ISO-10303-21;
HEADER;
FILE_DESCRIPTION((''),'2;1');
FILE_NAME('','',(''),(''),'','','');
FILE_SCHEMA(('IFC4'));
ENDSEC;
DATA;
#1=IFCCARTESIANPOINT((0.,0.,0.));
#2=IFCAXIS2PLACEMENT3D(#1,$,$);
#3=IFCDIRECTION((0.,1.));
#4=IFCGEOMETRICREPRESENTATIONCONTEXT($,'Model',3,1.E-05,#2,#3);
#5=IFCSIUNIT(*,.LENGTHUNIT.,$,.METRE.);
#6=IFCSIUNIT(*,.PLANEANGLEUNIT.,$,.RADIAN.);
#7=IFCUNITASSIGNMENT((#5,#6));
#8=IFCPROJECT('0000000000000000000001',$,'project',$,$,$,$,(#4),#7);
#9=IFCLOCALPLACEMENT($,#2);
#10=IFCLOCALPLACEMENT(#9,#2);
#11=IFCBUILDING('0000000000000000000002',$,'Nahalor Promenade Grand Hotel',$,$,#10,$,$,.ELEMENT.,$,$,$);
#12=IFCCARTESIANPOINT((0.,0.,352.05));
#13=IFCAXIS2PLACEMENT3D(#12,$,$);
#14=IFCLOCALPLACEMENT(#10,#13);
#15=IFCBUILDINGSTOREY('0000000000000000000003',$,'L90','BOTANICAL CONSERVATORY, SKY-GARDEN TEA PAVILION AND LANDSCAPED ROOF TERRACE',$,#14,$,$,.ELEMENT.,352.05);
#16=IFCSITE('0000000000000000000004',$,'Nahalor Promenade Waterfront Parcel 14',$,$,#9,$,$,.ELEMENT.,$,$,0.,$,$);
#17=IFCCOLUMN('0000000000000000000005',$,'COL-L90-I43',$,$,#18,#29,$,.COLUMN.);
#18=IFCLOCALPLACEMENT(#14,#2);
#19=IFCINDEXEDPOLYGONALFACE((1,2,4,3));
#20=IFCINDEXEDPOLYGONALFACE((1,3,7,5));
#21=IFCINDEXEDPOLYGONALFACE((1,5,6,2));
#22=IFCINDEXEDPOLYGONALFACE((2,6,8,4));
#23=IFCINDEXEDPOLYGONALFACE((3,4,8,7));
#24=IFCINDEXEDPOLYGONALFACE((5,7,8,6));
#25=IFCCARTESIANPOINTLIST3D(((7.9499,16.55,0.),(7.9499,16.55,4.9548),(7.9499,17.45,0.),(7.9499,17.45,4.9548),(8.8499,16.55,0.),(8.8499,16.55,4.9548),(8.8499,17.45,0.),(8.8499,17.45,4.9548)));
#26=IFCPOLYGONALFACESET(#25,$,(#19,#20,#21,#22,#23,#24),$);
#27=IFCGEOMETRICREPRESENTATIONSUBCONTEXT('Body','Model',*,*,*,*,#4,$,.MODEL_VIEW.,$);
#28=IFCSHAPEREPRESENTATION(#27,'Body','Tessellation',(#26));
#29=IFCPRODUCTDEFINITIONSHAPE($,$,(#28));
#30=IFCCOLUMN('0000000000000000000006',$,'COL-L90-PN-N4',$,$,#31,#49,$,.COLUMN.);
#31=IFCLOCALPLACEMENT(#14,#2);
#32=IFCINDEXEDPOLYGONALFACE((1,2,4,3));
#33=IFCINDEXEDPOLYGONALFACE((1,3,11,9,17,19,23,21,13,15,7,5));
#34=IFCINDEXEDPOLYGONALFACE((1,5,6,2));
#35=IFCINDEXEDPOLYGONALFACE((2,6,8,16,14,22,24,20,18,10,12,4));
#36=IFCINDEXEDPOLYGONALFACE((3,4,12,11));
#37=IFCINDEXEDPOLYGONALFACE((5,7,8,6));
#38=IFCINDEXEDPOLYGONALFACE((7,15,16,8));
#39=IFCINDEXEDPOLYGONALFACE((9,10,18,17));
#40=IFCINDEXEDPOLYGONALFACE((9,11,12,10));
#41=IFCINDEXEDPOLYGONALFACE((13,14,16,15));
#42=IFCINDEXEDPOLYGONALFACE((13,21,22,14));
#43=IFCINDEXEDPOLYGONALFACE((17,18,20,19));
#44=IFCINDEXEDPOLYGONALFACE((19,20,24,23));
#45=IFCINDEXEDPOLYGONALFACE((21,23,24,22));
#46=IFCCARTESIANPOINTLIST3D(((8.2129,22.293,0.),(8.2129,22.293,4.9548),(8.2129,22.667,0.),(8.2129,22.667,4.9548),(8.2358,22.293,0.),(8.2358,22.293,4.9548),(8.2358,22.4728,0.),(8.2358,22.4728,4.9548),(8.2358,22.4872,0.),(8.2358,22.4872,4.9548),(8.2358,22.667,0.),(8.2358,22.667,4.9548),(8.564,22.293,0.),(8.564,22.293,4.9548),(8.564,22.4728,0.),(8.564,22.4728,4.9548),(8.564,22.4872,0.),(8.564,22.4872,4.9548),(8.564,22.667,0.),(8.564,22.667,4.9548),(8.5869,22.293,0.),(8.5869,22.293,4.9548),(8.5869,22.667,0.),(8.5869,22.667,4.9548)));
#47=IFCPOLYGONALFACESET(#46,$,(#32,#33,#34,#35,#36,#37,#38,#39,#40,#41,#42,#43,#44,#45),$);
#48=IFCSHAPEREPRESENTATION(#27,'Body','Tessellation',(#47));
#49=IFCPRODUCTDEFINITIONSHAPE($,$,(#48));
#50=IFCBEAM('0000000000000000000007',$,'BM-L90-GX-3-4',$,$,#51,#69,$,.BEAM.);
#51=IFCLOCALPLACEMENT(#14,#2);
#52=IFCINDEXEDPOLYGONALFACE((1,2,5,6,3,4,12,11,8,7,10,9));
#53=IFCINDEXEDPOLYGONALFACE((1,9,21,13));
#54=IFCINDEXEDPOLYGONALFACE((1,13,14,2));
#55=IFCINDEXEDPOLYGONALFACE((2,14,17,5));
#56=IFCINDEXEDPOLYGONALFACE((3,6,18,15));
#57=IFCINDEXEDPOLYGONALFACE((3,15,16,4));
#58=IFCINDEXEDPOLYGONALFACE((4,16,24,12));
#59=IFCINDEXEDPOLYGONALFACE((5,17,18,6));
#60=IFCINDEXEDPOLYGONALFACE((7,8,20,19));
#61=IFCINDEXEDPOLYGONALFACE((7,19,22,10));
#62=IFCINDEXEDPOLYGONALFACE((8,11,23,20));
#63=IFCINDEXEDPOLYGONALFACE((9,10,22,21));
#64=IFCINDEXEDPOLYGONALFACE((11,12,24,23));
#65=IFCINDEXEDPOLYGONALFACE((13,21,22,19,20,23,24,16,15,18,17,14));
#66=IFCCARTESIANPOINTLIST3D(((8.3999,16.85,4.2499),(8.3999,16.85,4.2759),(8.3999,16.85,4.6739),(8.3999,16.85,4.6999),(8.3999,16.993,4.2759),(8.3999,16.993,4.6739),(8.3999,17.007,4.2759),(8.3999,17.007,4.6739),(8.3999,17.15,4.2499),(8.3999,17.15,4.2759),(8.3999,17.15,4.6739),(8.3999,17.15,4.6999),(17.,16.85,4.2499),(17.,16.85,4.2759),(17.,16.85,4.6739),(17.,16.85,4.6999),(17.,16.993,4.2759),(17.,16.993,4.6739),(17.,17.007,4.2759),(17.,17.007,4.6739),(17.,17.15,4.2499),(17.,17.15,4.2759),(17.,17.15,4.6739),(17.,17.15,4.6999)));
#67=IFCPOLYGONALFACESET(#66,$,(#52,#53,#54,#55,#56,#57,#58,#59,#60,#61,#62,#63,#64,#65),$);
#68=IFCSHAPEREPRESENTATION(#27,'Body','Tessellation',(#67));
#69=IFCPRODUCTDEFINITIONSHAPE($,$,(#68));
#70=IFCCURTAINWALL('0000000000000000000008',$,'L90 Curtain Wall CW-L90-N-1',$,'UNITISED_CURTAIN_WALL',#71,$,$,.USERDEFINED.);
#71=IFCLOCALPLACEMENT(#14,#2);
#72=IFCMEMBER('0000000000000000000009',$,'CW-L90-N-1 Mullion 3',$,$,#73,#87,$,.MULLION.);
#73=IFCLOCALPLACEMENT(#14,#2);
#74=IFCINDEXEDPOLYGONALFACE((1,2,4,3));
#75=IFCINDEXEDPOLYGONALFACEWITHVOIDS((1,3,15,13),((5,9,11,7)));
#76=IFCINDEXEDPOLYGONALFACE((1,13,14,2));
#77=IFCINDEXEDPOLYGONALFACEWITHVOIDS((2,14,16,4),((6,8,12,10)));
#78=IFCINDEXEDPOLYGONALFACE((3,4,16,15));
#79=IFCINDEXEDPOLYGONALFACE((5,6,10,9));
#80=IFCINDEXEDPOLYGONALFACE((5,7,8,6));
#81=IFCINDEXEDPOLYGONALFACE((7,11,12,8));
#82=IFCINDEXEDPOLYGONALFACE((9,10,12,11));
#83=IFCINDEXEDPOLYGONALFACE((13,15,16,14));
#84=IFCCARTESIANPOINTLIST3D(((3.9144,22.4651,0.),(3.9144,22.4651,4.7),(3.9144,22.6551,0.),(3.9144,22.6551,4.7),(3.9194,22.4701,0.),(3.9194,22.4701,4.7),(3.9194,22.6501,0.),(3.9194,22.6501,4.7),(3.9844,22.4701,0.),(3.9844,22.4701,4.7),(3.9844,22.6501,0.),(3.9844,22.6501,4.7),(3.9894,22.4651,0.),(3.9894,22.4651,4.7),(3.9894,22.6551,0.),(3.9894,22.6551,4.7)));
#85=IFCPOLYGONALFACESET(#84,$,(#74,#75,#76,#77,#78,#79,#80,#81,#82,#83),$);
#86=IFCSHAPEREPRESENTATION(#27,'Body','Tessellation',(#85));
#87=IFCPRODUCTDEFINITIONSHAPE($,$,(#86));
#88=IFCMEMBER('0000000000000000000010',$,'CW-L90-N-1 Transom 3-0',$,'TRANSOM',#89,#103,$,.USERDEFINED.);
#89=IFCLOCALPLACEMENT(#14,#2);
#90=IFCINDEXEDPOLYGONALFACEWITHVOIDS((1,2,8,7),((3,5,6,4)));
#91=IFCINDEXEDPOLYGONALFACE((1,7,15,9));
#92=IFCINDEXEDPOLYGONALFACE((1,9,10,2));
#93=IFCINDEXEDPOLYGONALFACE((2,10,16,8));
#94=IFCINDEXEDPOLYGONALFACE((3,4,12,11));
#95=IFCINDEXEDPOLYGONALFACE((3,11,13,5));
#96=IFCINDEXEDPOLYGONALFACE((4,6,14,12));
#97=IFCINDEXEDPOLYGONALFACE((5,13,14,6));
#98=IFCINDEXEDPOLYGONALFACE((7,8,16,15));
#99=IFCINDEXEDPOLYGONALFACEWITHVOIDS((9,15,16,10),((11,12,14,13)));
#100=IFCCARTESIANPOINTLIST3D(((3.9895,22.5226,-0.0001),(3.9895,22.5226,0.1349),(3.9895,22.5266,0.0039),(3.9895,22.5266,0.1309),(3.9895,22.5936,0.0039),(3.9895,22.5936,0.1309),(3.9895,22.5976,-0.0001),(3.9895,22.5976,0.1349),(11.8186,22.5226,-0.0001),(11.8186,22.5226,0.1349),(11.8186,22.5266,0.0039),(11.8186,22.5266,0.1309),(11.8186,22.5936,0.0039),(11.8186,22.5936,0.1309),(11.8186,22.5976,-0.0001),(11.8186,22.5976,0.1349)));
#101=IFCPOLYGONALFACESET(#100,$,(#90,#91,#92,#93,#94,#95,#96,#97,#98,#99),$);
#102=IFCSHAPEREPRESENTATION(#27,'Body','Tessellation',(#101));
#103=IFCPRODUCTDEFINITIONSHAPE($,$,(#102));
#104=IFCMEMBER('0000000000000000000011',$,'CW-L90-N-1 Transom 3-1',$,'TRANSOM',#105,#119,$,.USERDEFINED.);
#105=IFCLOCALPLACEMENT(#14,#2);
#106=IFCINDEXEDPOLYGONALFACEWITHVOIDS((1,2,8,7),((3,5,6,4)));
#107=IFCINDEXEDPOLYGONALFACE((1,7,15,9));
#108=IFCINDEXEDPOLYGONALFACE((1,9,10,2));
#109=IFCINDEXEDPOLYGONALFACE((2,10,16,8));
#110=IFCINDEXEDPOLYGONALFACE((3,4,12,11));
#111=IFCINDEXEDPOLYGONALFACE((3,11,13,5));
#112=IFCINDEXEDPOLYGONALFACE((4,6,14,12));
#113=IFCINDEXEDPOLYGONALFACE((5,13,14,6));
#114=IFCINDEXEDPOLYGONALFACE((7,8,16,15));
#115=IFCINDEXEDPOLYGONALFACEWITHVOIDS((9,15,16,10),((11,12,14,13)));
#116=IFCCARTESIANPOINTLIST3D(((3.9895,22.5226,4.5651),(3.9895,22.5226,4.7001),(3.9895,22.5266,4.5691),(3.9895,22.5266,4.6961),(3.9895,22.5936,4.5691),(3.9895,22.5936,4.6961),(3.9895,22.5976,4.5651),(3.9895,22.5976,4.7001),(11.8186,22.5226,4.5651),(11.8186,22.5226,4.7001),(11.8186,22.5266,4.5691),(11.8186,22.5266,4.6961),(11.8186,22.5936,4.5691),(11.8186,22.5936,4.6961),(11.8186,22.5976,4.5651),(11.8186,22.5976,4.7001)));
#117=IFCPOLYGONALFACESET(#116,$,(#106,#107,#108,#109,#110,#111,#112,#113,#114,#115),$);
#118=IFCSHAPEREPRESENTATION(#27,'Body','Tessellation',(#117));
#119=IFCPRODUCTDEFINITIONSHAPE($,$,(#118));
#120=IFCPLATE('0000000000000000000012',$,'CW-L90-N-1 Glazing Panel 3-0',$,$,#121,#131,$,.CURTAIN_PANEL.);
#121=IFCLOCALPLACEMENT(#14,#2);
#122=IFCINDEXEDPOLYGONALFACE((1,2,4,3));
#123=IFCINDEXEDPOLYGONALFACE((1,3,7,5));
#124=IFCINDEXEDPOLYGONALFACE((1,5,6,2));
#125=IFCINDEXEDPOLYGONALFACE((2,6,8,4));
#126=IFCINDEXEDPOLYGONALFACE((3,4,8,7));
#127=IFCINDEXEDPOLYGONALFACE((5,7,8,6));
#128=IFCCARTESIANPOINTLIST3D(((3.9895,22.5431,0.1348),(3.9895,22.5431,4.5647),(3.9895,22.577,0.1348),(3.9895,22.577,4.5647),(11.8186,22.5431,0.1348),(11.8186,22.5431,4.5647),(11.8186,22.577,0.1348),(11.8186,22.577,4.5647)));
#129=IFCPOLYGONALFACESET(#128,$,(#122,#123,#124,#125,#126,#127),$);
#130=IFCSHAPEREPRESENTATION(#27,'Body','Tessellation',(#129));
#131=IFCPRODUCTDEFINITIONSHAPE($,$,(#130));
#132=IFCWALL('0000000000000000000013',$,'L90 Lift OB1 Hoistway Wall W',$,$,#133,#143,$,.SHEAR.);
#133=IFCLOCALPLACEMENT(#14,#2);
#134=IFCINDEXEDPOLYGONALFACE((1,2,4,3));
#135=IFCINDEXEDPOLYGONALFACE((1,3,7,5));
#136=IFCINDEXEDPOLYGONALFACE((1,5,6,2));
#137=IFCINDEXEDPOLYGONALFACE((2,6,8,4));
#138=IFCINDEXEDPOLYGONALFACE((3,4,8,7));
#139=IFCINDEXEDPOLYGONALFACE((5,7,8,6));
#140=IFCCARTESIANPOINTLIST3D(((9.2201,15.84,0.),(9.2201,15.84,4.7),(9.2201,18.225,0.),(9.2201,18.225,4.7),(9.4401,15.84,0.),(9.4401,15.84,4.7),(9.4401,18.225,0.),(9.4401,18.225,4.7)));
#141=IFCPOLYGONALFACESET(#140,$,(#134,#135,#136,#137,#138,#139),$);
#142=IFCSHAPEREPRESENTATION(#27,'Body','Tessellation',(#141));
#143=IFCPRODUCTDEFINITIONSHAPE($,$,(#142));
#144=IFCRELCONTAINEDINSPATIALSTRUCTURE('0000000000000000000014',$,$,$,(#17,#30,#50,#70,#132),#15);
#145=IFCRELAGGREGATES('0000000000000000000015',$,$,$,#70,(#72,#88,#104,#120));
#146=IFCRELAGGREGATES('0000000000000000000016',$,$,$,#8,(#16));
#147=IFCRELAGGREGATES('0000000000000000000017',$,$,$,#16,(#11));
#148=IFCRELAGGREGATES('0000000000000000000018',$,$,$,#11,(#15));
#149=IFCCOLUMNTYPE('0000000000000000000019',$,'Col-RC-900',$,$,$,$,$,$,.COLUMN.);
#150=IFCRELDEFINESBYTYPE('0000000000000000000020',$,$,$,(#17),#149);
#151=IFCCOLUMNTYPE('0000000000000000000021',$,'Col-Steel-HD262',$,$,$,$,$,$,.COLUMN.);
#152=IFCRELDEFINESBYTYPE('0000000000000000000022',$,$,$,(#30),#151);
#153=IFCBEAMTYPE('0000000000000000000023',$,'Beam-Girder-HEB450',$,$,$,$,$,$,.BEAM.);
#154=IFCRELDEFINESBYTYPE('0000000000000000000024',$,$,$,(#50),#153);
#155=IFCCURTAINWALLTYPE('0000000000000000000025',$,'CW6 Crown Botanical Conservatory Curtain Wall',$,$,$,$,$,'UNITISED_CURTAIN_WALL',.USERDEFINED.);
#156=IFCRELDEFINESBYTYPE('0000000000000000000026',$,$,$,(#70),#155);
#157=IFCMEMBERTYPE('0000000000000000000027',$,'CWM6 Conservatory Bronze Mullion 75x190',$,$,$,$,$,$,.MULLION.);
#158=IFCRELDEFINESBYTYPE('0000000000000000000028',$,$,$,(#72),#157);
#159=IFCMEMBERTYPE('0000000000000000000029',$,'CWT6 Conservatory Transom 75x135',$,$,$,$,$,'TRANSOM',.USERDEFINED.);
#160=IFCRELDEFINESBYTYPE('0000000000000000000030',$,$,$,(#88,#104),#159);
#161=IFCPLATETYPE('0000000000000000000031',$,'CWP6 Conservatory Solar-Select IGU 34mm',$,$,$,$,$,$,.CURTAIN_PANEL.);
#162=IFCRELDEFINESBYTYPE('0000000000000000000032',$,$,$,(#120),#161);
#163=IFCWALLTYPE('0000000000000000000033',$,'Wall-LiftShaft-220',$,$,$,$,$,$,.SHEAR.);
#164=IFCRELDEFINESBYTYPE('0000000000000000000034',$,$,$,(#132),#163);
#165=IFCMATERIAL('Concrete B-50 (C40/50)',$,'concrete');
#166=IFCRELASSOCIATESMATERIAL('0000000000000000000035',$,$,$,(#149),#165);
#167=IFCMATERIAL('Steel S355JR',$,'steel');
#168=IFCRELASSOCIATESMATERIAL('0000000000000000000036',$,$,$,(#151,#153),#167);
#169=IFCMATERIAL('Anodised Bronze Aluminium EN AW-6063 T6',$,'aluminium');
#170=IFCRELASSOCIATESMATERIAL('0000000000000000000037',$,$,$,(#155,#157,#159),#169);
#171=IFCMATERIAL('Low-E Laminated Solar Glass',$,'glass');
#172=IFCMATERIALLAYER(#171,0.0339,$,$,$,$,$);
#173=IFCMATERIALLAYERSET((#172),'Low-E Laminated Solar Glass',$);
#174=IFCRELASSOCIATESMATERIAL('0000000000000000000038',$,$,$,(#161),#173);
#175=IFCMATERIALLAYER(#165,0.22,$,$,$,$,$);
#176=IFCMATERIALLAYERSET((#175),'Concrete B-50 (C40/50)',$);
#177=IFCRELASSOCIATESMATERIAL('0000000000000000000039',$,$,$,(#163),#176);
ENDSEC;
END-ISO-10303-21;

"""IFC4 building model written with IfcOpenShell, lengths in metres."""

from ifc_helpers import new_model, si_unit, direction, frame, frame_2d, origin, origin_2d, place, context, subcontext, project, spatial, rectangle, hollow_rectangle, i_section, extrude, source, transform, mapped, material, layer, layer_set, material_profile, profile_set, type_object, element, aggregate, save


model = new_model("IFC4")

# Units and contexts
model_context = context("Model", 3, precision=1e-05, world=origin(), true_north=direction((0.0, 1.0)))
body_context = subcontext(model_context, "Body", "Model", "MODEL_VIEW")
ifc_project = project(units=[si_unit("LENGTHUNIT", "METRE"), si_unit("PLANEANGLEUNIT", "RADIAN")], contexts=[model_context])

# Site, building, storey
site_placement = place(None, origin())
site = spatial("IfcSite", under=ifc_project, at=site_placement, Name="Nahalor Promenade Waterfront Parcel 14", CompositionType="ELEMENT", RefElevation=0.0)
building_placement = place(site_placement, origin())
building = spatial("IfcBuilding", under=site, at=building_placement, Name="Nahalor Promenade Grand Hotel", CompositionType="ELEMENT")
storey_placement = place(building_placement, frame((0.0, 0.0, 352.05)))
storey = spatial("IfcBuildingStorey", under=building, at=storey_placement, Name="L90", Description="BOTANICAL CONSERVATORY, SKY-GARDEN TEA PAVILION AND LANDSCAPED ROOF TERRACE", CompositionType="ELEMENT", Elevation=352.05)

# Columns
ifc_material_1 = material(Name="Concrete B-50 (C40/50)", Category="concrete")
ifc_material_profile_1 = material_profile(ifc_material_1, rectangle(XDim=0.9, YDim=0.9, at=origin_2d()), Name="RC 900x900")
ifc_profile_set_1 = profile_set([ifc_material_profile_1], Name="Concrete B-50 (C40/50)")
column_type_1 = type_object("IfcColumnType", Name="Col-RC-900", PredefinedType="COLUMN", material=ifc_profile_set_1)
shared_shape_1 = source(origin(), body_context, "Body", "SweptSolid", [
    extrude(rectangle(XDim=0.9, YDim=0.9, at=origin_2d()), origin(), (0.0, 0.0, 1.0), 4.9548),
])
column_1_placement = place(storey_placement, frame((8.3999, 17.0, 0.0), z_axis=(0.0, 0.0, 1.0), x_axis=(1.0, 0.0, 0.0)))
element("IfcColumn", 1, at=column_1_placement, inside=storey, type_object=column_type_1, Name="COL-L90-I43", PredefinedType="COLUMN", context=body_context, shape_type="MappedRepresentation", body=[
    mapped(shared_shape_1, transform((0.0, 0.0, 0.0), scale=1.0)),
])
ifc_material_2 = material(Name="Steel S355JR", Category="steel")
ifc_material_profile_2 = material_profile(ifc_material_2, i_section(OverallWidth=0.374, OverallDepth=0.374, WebThickness=0.0144, FlangeThickness=0.0229, at=origin_2d()), Name="HD 360x262")
ifc_profile_set_2 = profile_set([ifc_material_profile_2], Name="Steel S355JR")
column_type_2 = type_object("IfcColumnType", Name="Col-Steel-HD262", PredefinedType="COLUMN", material=ifc_profile_set_2)
shared_shape_2 = source(origin(), body_context, "Body", "SweptSolid", [
    extrude(i_section(OverallWidth=0.374, OverallDepth=0.374, WebThickness=0.0144, FlangeThickness=0.0229, at=origin_2d()), origin(), (0.0, 0.0, 1.0), 4.9548),
])
column_2_placement = place(storey_placement, frame((8.3999, 22.48, 0.0), z_axis=(0.0, 0.0, 1.0), x_axis=(0.0, 1.0, 0.0)))
element("IfcColumn", 2, at=column_2_placement, inside=storey, type_object=column_type_2, Name="COL-L90-PN-N4", PredefinedType="COLUMN", context=body_context, shape_type="MappedRepresentation", body=[
    mapped(shared_shape_2, transform((0.0, 0.0, 0.0), scale=1.0)),
])

# Beam
ifc_material_profile_3 = material_profile(ifc_material_2, i_section(OverallWidth=0.3, OverallDepth=0.45, WebThickness=0.014, FlangeThickness=0.026, at=origin_2d()), Name="HEB 450")
ifc_profile_set_3 = profile_set([ifc_material_profile_3], Name="Steel S355JR")
beam_type = type_object("IfcBeamType", Name="Beam-Girder-HEB450", PredefinedType="BEAM", material=ifc_profile_set_3)
shared_shape_3 = source(origin(), body_context, "Body", "SweptSolid", [
    extrude(i_section(OverallWidth=0.3, OverallDepth=0.45, WebThickness=0.014, FlangeThickness=0.026, at=origin_2d()), origin(), (0.0, 0.0, 1.0), 8.6001),
])
beam_placement = place(storey_placement, frame((8.3999, 17.0, 4.4749), z_axis=(1.0, 0.0, 0.0), x_axis=(0.0, 1.0, 0.0)))
element("IfcBeam", 3, at=beam_placement, inside=storey, type_object=beam_type, Name="BM-L90-GX-3-4", PredefinedType="BEAM", context=body_context, shape_type="MappedRepresentation", body=[
    mapped(shared_shape_3, transform((0.0, 0.0, 0.0), scale=1.0)),
])

# Curtain wall, members, plate
ifc_material_3 = material(Name="Anodised Bronze Aluminium EN AW-6063 T6", Category="aluminium")
curtain_wall_type = type_object("IfcCurtainWallType", Name="CW6 Crown Botanical Conservatory Curtain Wall", ElementType="UNITISED_CURTAIN_WALL", PredefinedType="USERDEFINED", material=ifc_material_3)
curtain_wall_placement = place(storey_placement, origin())
curtain_wall = element("IfcCurtainWall", 4, at=curtain_wall_placement, inside=storey, type_object=curtain_wall_type, Name="L90 Curtain Wall CW-L90-N-1", ObjectType="UNITISED_CURTAIN_WALL", PredefinedType="USERDEFINED")
ifc_material_profile_4 = material_profile(ifc_material_3, hollow_rectangle(XDim=0.075, YDim=0.19, WallThickness=0.005, at=origin_2d()), Name="CWM 75x190x5")
ifc_profile_set_4 = profile_set([ifc_material_profile_4], Name="Anodised Bronze Aluminium EN AW-6063 T6")
member_type_1 = type_object("IfcMemberType", Name="CWM6 Conservatory Bronze Mullion 75x190", PredefinedType="MULLION", material=ifc_profile_set_4)
shared_shape_4 = source(origin(), body_context, "Body", "SweptSolid", [
    extrude(hollow_rectangle(XDim=0.075, YDim=0.19, WallThickness=0.005, at=origin_2d()), origin(), (0.0, 0.0, 1.0), 4.7),
])
member_1_placement = place(storey_placement, frame((3.9519, 22.5601, 0.0), z_axis=(0.0, 0.0, 1.0), x_axis=(1.0, 0.0, 0.0)))
member_1 = element("IfcMember", 5, at=member_1_placement, type_object=member_type_1, Name="CW-L90-N-1 Mullion 3", PredefinedType="MULLION", context=body_context, shape_type="MappedRepresentation", body=[
    mapped(shared_shape_4, transform((0.0, 0.0, 0.0), scale=1.0)),
])
ifc_material_profile_5 = material_profile(ifc_material_3, hollow_rectangle(XDim=0.075, YDim=0.135, WallThickness=0.004, at=origin_2d()), Name="CWT 75x135x4")
ifc_profile_set_5 = profile_set([ifc_material_profile_5], Name="Anodised Bronze Aluminium EN AW-6063 T6")
member_type_2 = type_object("IfcMemberType", Name="CWT6 Conservatory Transom 75x135", ElementType="TRANSOM", PredefinedType="USERDEFINED", material=ifc_profile_set_5)
shared_shape_5 = source(origin(), body_context, "Body", "SweptSolid", [
    extrude(hollow_rectangle(XDim=0.075, YDim=0.135, WallThickness=0.004, at=origin_2d()), origin(), (0.0, 0.0, 1.0), 7.8291),
])
member_2_placement = place(storey_placement, frame((3.9895, 22.5601, 0.0674), z_axis=(1.0, 0.0, 0.0), x_axis=(0.0, 1.0, 0.0)))
member_2 = element("IfcMember", 6, at=member_2_placement, type_object=member_type_2, Name="CW-L90-N-1 Transom 3-0", ObjectType="TRANSOM", PredefinedType="USERDEFINED", context=body_context, shape_type="MappedRepresentation", body=[
    mapped(shared_shape_5, transform((0.0, 0.0, 0.0), scale=1.0)),
])
member_3_placement = place(storey_placement, frame((3.9895, 22.5601, 4.6326), z_axis=(1.0, 0.0, 0.0), x_axis=(0.0, 1.0, 0.0)))
member_3 = element("IfcMember", 7, at=member_3_placement, type_object=member_type_2, Name="CW-L90-N-1 Transom 3-1", ObjectType="TRANSOM", PredefinedType="USERDEFINED", context=body_context, shape_type="MappedRepresentation", body=[
    mapped(shared_shape_5, transform((0.0, 0.0, 0.0), scale=1.0)),
])
ifc_material_4 = material(Name="Low-E Laminated Solar Glass", Category="glass")
ifc_layer_1 = layer(ifc_material_4, 0.0339)
ifc_layer_set_1 = layer_set([ifc_layer_1], Name="Low-E Laminated Solar Glass")
plate_type = type_object("IfcPlateType", Name="CWP6 Conservatory Solar-Select IGU 34mm", PredefinedType="CURTAIN_PANEL", material=ifc_layer_set_1)
shared_shape_6 = source(origin(), body_context, "Body", "SweptSolid", [
    extrude(rectangle(XDim=7.8291, YDim=0.0339, at=origin_2d()), origin(), (0.0, 0.0, 1.0), 4.4299),
])
plate_placement = place(storey_placement, frame((7.9041, 22.5601, 0.1348), z_axis=(0.0, 0.0, 1.0), x_axis=(1.0, 0.0, 0.0)))
plate = element("IfcPlate", 8, at=plate_placement, type_object=plate_type, Name="CW-L90-N-1 Glazing Panel 3-0", PredefinedType="CURTAIN_PANEL", context=body_context, shape_type="MappedRepresentation", body=[
    mapped(shared_shape_6, transform((0.0, 0.0, 0.0), scale=1.0)),
])
aggregate(curtain_wall, [member_1, member_2, member_3, plate])

# Wall
ifc_layer_2 = layer(ifc_material_1, 0.22)
ifc_layer_set_2 = layer_set([ifc_layer_2], Name="Concrete B-50 (C40/50)")
wall_type_1 = type_object("IfcWallType", Name="Wall-LiftShaft-220", PredefinedType="SHEAR", material=ifc_layer_set_2)
shared_shape_7 = source(origin(), body_context, "Body", "SweptSolid", [
    extrude(rectangle(XDim=2.385, YDim=0.22, at=frame_2d((1.1924, 0.0))), origin(), (0.0, 0.0, 1.0), 4.7),
])
wall_1_placement = place(storey_placement, frame((9.3301, 15.8401, 0.0), z_axis=(0.0, 0.0, 1.0), x_axis=(0.0, 1.0, 0.0)))
element("IfcWall", 9, at=wall_1_placement, inside=storey, type_object=wall_type_1, Name="L90 Lift OB1 Hoistway Wall W", PredefinedType="SHEAR", context=body_context, shape_type="MappedRepresentation", body=[
    mapped(shared_shape_7, transform((0.0, 0.0, 0.0), scale=1.0)),
])

save(model, "model.ifc")
